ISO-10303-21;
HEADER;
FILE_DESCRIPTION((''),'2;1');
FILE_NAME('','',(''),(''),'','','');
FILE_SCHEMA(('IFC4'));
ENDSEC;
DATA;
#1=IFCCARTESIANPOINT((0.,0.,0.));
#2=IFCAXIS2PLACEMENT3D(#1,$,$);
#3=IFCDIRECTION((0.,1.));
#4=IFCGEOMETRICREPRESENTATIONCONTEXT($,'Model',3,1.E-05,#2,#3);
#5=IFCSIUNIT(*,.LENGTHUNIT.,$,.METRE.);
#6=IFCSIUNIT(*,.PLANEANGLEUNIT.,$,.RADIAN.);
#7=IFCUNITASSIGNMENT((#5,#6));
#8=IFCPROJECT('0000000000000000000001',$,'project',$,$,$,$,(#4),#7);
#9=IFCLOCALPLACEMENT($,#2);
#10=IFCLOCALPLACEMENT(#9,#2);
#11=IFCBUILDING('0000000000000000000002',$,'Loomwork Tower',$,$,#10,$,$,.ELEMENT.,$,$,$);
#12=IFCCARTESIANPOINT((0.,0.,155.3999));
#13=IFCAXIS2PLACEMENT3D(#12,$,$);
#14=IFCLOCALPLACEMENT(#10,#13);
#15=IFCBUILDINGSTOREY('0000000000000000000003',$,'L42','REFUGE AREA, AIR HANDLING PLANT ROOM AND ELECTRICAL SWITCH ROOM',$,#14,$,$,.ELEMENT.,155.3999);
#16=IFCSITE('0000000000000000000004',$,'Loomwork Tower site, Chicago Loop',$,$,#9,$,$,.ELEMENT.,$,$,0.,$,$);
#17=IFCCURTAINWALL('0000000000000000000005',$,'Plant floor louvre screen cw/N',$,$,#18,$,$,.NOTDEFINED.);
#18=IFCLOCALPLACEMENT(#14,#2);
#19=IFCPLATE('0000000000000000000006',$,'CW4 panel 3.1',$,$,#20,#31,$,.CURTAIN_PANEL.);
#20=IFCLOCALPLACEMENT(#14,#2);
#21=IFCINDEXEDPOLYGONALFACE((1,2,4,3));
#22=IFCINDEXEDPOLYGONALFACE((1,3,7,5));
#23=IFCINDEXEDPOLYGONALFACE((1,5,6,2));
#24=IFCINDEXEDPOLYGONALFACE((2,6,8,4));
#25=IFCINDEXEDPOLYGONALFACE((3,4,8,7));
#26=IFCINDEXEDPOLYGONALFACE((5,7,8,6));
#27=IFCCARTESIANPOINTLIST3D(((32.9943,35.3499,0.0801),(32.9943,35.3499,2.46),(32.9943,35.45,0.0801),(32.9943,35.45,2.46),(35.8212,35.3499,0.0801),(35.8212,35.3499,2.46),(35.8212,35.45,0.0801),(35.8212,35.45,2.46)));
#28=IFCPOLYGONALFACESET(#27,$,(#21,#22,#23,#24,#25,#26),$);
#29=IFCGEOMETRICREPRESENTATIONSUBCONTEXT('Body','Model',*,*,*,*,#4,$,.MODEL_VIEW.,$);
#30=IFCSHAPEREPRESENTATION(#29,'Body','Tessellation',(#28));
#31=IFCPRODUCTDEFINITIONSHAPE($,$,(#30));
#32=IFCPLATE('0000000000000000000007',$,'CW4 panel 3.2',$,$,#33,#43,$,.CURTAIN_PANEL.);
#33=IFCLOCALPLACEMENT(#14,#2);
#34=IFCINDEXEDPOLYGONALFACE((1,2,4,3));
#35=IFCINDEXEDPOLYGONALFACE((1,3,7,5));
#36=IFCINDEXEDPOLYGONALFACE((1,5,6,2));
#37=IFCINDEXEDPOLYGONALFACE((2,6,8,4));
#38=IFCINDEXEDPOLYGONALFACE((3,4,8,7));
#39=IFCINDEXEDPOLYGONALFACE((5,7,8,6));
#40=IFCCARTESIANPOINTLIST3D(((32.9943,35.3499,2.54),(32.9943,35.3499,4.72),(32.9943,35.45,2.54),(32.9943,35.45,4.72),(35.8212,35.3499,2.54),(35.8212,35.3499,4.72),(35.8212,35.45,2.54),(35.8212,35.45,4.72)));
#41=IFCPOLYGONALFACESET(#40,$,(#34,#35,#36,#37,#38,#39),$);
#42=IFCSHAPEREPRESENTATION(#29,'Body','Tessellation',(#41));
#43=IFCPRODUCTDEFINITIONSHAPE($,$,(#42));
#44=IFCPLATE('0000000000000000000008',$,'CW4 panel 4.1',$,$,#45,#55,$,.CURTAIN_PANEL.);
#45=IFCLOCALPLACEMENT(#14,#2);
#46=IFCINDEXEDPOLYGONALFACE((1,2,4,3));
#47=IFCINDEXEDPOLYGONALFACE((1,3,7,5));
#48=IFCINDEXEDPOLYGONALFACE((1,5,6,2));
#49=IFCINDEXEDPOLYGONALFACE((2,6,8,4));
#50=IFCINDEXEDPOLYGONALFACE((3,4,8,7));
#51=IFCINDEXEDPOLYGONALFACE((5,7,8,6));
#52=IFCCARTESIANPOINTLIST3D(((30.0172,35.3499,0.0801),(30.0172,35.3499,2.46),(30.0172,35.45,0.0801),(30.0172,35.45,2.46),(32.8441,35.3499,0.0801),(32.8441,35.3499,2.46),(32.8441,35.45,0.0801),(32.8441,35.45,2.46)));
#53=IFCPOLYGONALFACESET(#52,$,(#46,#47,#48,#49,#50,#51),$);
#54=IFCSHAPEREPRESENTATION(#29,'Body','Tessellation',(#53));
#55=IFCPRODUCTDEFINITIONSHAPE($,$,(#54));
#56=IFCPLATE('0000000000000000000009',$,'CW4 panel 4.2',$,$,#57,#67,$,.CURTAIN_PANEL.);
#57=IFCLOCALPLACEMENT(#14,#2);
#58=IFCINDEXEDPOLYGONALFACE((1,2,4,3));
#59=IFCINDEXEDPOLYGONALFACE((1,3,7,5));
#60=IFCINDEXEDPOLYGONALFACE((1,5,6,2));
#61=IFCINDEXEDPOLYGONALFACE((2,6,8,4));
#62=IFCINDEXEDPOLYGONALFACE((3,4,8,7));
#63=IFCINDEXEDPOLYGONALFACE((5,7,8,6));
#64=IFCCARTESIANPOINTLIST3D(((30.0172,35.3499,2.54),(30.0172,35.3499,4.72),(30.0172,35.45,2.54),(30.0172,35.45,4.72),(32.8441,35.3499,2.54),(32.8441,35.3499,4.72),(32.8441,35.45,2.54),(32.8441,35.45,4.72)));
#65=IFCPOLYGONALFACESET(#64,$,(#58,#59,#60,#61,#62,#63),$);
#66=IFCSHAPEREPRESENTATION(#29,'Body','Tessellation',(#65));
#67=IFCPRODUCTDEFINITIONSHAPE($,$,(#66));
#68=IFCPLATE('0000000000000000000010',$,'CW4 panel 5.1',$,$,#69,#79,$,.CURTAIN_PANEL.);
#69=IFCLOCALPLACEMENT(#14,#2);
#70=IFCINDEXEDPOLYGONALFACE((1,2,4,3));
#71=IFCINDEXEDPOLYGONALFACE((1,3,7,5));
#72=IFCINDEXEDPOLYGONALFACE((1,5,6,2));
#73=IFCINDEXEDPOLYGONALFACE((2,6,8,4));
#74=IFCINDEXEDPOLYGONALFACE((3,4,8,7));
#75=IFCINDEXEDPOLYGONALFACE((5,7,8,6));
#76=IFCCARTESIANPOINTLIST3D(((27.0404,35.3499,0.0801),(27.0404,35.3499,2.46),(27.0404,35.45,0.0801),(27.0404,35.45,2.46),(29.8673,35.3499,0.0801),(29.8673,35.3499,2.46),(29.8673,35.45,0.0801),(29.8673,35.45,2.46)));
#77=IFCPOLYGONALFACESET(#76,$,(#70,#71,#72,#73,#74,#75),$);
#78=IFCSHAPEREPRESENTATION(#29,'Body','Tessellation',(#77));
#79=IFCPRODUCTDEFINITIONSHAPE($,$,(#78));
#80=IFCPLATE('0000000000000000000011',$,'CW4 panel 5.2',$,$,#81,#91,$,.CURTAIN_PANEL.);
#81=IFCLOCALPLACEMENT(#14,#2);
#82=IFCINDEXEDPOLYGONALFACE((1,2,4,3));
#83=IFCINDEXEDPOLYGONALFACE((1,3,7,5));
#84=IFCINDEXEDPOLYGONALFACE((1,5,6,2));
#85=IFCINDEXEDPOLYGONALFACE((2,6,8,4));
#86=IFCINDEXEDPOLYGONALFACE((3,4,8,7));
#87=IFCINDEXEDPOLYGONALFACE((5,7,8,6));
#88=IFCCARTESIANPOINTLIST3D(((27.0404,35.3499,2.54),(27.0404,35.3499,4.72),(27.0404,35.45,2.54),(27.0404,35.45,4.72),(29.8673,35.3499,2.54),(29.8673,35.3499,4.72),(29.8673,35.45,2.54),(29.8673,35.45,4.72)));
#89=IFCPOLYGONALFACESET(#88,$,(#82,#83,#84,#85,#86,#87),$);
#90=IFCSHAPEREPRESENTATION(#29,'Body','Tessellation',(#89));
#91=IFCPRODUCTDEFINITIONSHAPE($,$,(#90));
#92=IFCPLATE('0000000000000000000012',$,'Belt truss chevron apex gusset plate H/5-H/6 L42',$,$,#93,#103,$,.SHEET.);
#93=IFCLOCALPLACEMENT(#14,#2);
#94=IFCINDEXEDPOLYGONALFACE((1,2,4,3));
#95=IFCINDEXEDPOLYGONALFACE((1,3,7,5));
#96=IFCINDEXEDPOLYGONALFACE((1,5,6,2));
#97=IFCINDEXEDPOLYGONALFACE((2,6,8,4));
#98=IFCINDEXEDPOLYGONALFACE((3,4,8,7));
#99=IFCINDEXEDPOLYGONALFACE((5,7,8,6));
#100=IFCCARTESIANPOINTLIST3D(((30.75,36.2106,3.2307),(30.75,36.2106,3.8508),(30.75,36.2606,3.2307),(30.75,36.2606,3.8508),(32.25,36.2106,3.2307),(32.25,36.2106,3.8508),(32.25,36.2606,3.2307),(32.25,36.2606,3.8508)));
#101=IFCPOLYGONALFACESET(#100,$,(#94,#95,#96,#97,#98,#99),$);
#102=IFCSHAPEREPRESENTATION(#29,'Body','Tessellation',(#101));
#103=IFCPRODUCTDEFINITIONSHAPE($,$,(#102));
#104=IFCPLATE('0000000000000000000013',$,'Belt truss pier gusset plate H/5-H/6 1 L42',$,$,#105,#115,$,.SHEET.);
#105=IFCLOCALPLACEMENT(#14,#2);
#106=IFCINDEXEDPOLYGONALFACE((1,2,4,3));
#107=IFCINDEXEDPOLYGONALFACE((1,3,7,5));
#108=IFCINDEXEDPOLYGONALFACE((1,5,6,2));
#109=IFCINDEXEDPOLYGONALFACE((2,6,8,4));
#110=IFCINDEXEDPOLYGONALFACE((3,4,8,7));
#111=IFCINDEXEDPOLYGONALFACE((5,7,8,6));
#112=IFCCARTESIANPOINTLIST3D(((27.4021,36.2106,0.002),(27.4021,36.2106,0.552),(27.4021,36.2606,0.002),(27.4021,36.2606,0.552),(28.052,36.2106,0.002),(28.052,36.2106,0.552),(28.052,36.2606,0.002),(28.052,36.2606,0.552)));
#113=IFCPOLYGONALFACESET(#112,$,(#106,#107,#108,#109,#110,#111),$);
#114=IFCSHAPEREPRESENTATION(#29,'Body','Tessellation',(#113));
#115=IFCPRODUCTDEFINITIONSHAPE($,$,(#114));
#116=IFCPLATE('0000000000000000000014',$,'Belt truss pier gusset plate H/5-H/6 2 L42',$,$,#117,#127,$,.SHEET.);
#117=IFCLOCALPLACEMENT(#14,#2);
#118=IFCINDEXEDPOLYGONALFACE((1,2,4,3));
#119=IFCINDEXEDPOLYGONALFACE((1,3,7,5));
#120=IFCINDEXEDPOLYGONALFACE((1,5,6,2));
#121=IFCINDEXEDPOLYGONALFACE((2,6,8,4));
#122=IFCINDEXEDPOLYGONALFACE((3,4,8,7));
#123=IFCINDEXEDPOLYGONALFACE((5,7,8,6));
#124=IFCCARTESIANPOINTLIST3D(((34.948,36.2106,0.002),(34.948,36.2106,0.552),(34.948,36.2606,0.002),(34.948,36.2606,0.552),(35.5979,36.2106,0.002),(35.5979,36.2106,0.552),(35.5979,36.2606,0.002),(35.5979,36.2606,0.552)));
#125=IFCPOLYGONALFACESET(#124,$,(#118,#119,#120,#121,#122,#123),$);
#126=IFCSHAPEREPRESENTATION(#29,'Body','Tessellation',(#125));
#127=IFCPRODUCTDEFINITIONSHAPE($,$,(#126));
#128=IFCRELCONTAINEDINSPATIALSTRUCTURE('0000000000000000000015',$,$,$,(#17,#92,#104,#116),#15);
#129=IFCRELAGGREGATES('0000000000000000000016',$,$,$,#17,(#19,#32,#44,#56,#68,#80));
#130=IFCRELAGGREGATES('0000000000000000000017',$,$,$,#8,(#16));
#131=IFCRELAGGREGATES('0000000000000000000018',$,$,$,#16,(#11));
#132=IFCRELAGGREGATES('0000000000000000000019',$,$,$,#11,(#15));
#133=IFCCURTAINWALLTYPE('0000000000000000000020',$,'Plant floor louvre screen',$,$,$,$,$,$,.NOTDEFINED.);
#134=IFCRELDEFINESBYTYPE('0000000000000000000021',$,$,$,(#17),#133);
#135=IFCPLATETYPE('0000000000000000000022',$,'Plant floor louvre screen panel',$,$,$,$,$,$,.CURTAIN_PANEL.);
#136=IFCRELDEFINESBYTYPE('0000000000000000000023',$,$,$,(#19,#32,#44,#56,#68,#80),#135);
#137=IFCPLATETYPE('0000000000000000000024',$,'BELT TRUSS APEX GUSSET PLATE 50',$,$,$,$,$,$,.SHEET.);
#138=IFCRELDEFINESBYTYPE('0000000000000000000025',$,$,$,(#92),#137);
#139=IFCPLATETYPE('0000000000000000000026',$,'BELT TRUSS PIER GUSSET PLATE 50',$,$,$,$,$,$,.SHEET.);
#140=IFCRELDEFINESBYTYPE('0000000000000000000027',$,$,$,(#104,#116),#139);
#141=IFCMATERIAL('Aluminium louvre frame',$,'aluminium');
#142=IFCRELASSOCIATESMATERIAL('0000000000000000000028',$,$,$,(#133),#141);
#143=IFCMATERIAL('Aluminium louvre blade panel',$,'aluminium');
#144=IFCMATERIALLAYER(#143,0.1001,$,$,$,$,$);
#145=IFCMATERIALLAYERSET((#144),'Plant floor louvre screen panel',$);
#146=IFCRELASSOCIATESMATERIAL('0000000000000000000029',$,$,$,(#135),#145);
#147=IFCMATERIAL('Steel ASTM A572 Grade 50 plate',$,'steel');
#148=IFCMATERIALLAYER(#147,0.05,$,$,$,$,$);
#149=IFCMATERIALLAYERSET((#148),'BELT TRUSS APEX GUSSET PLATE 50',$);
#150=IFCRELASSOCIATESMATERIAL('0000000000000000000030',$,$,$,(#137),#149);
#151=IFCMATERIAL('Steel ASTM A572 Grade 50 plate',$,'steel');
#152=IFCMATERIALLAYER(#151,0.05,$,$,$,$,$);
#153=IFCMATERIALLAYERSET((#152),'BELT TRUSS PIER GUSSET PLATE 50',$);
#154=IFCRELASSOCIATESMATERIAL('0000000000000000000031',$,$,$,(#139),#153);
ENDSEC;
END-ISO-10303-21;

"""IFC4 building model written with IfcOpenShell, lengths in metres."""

from ifc_helpers import new_model, si_unit, direction, frame, origin, origin_2d, place, context, subcontext, project, spatial, rectangle, extrude, material, layer, layer_set, type_object, element, aggregate, save


model = new_model("IFC4")

# Units and contexts
model_context = context("Model", 3, precision=1e-05, world=origin(), true_north=direction((0.0, 1.0)))
body_context = subcontext(model_context, "Body", "Model", "MODEL_VIEW")
ifc_project = project(units=[si_unit("LENGTHUNIT", "METRE"), si_unit("PLANEANGLEUNIT", "RADIAN")], contexts=[model_context])

# Site, building, storey
site_placement = place(None, origin())
site = spatial("IfcSite", under=ifc_project, at=site_placement, Name="Loomwork Tower site, Chicago Loop", CompositionType="ELEMENT", RefElevation=0.0)
building_placement = place(site_placement, origin())
building = spatial("IfcBuilding", under=site, at=building_placement, Name="Loomwork Tower", CompositionType="ELEMENT")
storey_placement = place(building_placement, frame((0.0, 0.0, 155.3999)))
storey = spatial("IfcBuildingStorey", under=building, at=storey_placement, Name="L42", Description="REFUGE AREA, AIR HANDLING PLANT ROOM AND ELECTRICAL SWITCH ROOM", CompositionType="ELEMENT", Elevation=155.3999)

# Curtain wall, plates
ifc_material_1 = material(Name="Aluminium louvre frame", Category="aluminium")
curtain_wall_type = type_object("IfcCurtainWallType", Name="Plant floor louvre screen", PredefinedType="NOTDEFINED", material=ifc_material_1)
curtain_wall_placement = place(storey_placement, origin())
curtain_wall = element("IfcCurtainWall", 1, at=curtain_wall_placement, inside=storey, type_object=curtain_wall_type, Name="Plant floor louvre screen cw/N", PredefinedType="NOTDEFINED")
ifc_material_2 = material(Name="Aluminium louvre blade panel", Category="aluminium")
ifc_layer_1 = layer(ifc_material_2, 0.1001)
ifc_layer_set_1 = layer_set([ifc_layer_1], Name="Plant floor louvre screen panel")
plate_type_1 = type_object("IfcPlateType", Name="Plant floor louvre screen panel", PredefinedType="CURTAIN_PANEL", material=ifc_layer_set_1)
plate_1_placement = place(storey_placement, frame((34.4077, 35.3999, 0.0801), z_axis=(0.0, 0.0, 1.0), x_axis=(-1.0, 0.0, 0.0)))
plate_1 = element("IfcPlate", 2, at=plate_1_placement, type_object=plate_type_1, Name="CW4 panel 3.1", PredefinedType="CURTAIN_PANEL", context=body_context, shape_type="SweptSolid", body=[
    extrude(rectangle(XDim=2.8269, YDim=0.1001, at=origin_2d()), origin(), (0.0, 0.0, 1.0), 2.3799),
])
plate_2_placement = place(storey_placement, frame((34.4077, 35.3999, 2.54), z_axis=(0.0, 0.0, 1.0), x_axis=(-1.0, 0.0, 0.0)))
plate_2 = element("IfcPlate", 3, at=plate_2_placement, type_object=plate_type_1, Name="CW4 panel 3.2", PredefinedType="CURTAIN_PANEL", context=body_context, shape_type="SweptSolid", body=[
    extrude(rectangle(XDim=2.8269, YDim=0.1001, at=origin_2d()), origin(), (0.0, 0.0, 1.0), 2.1799),
])
plate_3_placement = place(storey_placement, frame((31.4307, 35.3999, 0.0801), z_axis=(0.0, 0.0, 1.0), x_axis=(-1.0, 0.0, 0.0)))
plate_3 = element("IfcPlate", 4, at=plate_3_placement, type_object=plate_type_1, Name="CW4 panel 4.1", PredefinedType="CURTAIN_PANEL", context=body_context, shape_type="SweptSolid", body=[
    extrude(rectangle(XDim=2.8269, YDim=0.1001, at=origin_2d()), origin(), (0.0, 0.0, 1.0), 2.3799),
])
plate_4_placement = place(storey_placement, frame((31.4307, 35.3999, 2.54), z_axis=(0.0, 0.0, 1.0), x_axis=(-1.0, 0.0, 0.0)))
plate_4 = element("IfcPlate", 5, at=plate_4_placement, type_object=plate_type_1, Name="CW4 panel 4.2", PredefinedType="CURTAIN_PANEL", context=body_context, shape_type="SweptSolid", body=[
    extrude(rectangle(XDim=2.8269, YDim=0.1001, at=origin_2d()), origin(), (0.0, 0.0, 1.0), 2.1799),
])
plate_5_placement = place(storey_placement, frame((28.4539, 35.3999, 0.0801), z_axis=(0.0, 0.0, 1.0), x_axis=(-1.0, 0.0, 0.0)))
plate_5 = element("IfcPlate", 6, at=plate_5_placement, type_object=plate_type_1, Name="CW4 panel 5.1", PredefinedType="CURTAIN_PANEL", context=body_context, shape_type="SweptSolid", body=[
    extrude(rectangle(XDim=2.8269, YDim=0.1001, at=origin_2d()), origin(), (0.0, 0.0, 1.0), 2.3799),
])
plate_6_placement = place(storey_placement, frame((28.4539, 35.3999, 2.54), z_axis=(0.0, 0.0, 1.0), x_axis=(-1.0, 0.0, 0.0)))
plate_6 = element("IfcPlate", 7, at=plate_6_placement, type_object=plate_type_1, Name="CW4 panel 5.2", PredefinedType="CURTAIN_PANEL", context=body_context, shape_type="SweptSolid", body=[
    extrude(rectangle(XDim=2.8269, YDim=0.1001, at=origin_2d()), origin(), (0.0, 0.0, 1.0), 2.1799),
])
aggregate(curtain_wall, [plate_1, plate_2, plate_3, plate_4, plate_5, plate_6])

# Plates
ifc_material_3 = material(Name="Steel ASTM A572 Grade 50 plate", Category="steel")
ifc_layer_2 = layer(ifc_material_3, 0.05)
ifc_layer_set_2 = layer_set([ifc_layer_2], Name="BELT TRUSS APEX GUSSET PLATE 50")
plate_type_2 = type_object("IfcPlateType", Name="BELT TRUSS APEX GUSSET PLATE 50", PredefinedType="SHEET", material=ifc_layer_set_2)
plate_7_placement = place(storey_placement, frame((31.5, 36.2356, 3.2307), z_axis=(0.0, 0.0, 1.0), x_axis=(1.0, 0.0, 0.0)))
element("IfcPlate", 8, at=plate_7_placement, inside=storey, type_object=plate_type_2, Name="Belt truss chevron apex gusset plate H/5-H/6 L42", PredefinedType="SHEET", context=body_context, shape_type="SweptSolid", body=[
    extrude(rectangle(XDim=1.5, YDim=0.05, at=origin_2d()), origin(), (0.0, 0.0, 1.0), 0.6201),
])
ifc_material_4 = material(Name="Steel ASTM A572 Grade 50 plate", Category="steel")
ifc_layer_3 = layer(ifc_material_4, 0.05)
ifc_layer_set_3 = layer_set([ifc_layer_3], Name="BELT TRUSS PIER GUSSET PLATE 50")
plate_type_3 = type_object("IfcPlateType", Name="BELT TRUSS PIER GUSSET PLATE 50", PredefinedType="SHEET", material=ifc_layer_set_3)
for number, where, z_axis, x_axis, name in (
    (9, (27.7271, 36.2356, 0.002), (0.0, 0.0, 1.0), (1.0, 0.0, 0.0), "Belt truss pier gusset plate H/5-H/6 1 L42"),
    (10, (35.2729, 36.2356, 0.002), (0.0, 0.0, 1.0), (1.0, 0.0, 0.0), "Belt truss pier gusset plate H/5-H/6 2 L42"),
):
    element("IfcPlate", number, at=place(storey_placement, frame(where, z_axis=z_axis, x_axis=x_axis)), inside=storey, type_object=plate_type_3, Name=name, PredefinedType="SHEET", context=body_context, shape_type="SweptSolid", body=[
        extrude(rectangle(XDim=0.6499, YDim=0.05, at=origin_2d()), origin(), (0.0, 0.0, 1.0), 0.55),
    ])

save(model, "model.ifc")
